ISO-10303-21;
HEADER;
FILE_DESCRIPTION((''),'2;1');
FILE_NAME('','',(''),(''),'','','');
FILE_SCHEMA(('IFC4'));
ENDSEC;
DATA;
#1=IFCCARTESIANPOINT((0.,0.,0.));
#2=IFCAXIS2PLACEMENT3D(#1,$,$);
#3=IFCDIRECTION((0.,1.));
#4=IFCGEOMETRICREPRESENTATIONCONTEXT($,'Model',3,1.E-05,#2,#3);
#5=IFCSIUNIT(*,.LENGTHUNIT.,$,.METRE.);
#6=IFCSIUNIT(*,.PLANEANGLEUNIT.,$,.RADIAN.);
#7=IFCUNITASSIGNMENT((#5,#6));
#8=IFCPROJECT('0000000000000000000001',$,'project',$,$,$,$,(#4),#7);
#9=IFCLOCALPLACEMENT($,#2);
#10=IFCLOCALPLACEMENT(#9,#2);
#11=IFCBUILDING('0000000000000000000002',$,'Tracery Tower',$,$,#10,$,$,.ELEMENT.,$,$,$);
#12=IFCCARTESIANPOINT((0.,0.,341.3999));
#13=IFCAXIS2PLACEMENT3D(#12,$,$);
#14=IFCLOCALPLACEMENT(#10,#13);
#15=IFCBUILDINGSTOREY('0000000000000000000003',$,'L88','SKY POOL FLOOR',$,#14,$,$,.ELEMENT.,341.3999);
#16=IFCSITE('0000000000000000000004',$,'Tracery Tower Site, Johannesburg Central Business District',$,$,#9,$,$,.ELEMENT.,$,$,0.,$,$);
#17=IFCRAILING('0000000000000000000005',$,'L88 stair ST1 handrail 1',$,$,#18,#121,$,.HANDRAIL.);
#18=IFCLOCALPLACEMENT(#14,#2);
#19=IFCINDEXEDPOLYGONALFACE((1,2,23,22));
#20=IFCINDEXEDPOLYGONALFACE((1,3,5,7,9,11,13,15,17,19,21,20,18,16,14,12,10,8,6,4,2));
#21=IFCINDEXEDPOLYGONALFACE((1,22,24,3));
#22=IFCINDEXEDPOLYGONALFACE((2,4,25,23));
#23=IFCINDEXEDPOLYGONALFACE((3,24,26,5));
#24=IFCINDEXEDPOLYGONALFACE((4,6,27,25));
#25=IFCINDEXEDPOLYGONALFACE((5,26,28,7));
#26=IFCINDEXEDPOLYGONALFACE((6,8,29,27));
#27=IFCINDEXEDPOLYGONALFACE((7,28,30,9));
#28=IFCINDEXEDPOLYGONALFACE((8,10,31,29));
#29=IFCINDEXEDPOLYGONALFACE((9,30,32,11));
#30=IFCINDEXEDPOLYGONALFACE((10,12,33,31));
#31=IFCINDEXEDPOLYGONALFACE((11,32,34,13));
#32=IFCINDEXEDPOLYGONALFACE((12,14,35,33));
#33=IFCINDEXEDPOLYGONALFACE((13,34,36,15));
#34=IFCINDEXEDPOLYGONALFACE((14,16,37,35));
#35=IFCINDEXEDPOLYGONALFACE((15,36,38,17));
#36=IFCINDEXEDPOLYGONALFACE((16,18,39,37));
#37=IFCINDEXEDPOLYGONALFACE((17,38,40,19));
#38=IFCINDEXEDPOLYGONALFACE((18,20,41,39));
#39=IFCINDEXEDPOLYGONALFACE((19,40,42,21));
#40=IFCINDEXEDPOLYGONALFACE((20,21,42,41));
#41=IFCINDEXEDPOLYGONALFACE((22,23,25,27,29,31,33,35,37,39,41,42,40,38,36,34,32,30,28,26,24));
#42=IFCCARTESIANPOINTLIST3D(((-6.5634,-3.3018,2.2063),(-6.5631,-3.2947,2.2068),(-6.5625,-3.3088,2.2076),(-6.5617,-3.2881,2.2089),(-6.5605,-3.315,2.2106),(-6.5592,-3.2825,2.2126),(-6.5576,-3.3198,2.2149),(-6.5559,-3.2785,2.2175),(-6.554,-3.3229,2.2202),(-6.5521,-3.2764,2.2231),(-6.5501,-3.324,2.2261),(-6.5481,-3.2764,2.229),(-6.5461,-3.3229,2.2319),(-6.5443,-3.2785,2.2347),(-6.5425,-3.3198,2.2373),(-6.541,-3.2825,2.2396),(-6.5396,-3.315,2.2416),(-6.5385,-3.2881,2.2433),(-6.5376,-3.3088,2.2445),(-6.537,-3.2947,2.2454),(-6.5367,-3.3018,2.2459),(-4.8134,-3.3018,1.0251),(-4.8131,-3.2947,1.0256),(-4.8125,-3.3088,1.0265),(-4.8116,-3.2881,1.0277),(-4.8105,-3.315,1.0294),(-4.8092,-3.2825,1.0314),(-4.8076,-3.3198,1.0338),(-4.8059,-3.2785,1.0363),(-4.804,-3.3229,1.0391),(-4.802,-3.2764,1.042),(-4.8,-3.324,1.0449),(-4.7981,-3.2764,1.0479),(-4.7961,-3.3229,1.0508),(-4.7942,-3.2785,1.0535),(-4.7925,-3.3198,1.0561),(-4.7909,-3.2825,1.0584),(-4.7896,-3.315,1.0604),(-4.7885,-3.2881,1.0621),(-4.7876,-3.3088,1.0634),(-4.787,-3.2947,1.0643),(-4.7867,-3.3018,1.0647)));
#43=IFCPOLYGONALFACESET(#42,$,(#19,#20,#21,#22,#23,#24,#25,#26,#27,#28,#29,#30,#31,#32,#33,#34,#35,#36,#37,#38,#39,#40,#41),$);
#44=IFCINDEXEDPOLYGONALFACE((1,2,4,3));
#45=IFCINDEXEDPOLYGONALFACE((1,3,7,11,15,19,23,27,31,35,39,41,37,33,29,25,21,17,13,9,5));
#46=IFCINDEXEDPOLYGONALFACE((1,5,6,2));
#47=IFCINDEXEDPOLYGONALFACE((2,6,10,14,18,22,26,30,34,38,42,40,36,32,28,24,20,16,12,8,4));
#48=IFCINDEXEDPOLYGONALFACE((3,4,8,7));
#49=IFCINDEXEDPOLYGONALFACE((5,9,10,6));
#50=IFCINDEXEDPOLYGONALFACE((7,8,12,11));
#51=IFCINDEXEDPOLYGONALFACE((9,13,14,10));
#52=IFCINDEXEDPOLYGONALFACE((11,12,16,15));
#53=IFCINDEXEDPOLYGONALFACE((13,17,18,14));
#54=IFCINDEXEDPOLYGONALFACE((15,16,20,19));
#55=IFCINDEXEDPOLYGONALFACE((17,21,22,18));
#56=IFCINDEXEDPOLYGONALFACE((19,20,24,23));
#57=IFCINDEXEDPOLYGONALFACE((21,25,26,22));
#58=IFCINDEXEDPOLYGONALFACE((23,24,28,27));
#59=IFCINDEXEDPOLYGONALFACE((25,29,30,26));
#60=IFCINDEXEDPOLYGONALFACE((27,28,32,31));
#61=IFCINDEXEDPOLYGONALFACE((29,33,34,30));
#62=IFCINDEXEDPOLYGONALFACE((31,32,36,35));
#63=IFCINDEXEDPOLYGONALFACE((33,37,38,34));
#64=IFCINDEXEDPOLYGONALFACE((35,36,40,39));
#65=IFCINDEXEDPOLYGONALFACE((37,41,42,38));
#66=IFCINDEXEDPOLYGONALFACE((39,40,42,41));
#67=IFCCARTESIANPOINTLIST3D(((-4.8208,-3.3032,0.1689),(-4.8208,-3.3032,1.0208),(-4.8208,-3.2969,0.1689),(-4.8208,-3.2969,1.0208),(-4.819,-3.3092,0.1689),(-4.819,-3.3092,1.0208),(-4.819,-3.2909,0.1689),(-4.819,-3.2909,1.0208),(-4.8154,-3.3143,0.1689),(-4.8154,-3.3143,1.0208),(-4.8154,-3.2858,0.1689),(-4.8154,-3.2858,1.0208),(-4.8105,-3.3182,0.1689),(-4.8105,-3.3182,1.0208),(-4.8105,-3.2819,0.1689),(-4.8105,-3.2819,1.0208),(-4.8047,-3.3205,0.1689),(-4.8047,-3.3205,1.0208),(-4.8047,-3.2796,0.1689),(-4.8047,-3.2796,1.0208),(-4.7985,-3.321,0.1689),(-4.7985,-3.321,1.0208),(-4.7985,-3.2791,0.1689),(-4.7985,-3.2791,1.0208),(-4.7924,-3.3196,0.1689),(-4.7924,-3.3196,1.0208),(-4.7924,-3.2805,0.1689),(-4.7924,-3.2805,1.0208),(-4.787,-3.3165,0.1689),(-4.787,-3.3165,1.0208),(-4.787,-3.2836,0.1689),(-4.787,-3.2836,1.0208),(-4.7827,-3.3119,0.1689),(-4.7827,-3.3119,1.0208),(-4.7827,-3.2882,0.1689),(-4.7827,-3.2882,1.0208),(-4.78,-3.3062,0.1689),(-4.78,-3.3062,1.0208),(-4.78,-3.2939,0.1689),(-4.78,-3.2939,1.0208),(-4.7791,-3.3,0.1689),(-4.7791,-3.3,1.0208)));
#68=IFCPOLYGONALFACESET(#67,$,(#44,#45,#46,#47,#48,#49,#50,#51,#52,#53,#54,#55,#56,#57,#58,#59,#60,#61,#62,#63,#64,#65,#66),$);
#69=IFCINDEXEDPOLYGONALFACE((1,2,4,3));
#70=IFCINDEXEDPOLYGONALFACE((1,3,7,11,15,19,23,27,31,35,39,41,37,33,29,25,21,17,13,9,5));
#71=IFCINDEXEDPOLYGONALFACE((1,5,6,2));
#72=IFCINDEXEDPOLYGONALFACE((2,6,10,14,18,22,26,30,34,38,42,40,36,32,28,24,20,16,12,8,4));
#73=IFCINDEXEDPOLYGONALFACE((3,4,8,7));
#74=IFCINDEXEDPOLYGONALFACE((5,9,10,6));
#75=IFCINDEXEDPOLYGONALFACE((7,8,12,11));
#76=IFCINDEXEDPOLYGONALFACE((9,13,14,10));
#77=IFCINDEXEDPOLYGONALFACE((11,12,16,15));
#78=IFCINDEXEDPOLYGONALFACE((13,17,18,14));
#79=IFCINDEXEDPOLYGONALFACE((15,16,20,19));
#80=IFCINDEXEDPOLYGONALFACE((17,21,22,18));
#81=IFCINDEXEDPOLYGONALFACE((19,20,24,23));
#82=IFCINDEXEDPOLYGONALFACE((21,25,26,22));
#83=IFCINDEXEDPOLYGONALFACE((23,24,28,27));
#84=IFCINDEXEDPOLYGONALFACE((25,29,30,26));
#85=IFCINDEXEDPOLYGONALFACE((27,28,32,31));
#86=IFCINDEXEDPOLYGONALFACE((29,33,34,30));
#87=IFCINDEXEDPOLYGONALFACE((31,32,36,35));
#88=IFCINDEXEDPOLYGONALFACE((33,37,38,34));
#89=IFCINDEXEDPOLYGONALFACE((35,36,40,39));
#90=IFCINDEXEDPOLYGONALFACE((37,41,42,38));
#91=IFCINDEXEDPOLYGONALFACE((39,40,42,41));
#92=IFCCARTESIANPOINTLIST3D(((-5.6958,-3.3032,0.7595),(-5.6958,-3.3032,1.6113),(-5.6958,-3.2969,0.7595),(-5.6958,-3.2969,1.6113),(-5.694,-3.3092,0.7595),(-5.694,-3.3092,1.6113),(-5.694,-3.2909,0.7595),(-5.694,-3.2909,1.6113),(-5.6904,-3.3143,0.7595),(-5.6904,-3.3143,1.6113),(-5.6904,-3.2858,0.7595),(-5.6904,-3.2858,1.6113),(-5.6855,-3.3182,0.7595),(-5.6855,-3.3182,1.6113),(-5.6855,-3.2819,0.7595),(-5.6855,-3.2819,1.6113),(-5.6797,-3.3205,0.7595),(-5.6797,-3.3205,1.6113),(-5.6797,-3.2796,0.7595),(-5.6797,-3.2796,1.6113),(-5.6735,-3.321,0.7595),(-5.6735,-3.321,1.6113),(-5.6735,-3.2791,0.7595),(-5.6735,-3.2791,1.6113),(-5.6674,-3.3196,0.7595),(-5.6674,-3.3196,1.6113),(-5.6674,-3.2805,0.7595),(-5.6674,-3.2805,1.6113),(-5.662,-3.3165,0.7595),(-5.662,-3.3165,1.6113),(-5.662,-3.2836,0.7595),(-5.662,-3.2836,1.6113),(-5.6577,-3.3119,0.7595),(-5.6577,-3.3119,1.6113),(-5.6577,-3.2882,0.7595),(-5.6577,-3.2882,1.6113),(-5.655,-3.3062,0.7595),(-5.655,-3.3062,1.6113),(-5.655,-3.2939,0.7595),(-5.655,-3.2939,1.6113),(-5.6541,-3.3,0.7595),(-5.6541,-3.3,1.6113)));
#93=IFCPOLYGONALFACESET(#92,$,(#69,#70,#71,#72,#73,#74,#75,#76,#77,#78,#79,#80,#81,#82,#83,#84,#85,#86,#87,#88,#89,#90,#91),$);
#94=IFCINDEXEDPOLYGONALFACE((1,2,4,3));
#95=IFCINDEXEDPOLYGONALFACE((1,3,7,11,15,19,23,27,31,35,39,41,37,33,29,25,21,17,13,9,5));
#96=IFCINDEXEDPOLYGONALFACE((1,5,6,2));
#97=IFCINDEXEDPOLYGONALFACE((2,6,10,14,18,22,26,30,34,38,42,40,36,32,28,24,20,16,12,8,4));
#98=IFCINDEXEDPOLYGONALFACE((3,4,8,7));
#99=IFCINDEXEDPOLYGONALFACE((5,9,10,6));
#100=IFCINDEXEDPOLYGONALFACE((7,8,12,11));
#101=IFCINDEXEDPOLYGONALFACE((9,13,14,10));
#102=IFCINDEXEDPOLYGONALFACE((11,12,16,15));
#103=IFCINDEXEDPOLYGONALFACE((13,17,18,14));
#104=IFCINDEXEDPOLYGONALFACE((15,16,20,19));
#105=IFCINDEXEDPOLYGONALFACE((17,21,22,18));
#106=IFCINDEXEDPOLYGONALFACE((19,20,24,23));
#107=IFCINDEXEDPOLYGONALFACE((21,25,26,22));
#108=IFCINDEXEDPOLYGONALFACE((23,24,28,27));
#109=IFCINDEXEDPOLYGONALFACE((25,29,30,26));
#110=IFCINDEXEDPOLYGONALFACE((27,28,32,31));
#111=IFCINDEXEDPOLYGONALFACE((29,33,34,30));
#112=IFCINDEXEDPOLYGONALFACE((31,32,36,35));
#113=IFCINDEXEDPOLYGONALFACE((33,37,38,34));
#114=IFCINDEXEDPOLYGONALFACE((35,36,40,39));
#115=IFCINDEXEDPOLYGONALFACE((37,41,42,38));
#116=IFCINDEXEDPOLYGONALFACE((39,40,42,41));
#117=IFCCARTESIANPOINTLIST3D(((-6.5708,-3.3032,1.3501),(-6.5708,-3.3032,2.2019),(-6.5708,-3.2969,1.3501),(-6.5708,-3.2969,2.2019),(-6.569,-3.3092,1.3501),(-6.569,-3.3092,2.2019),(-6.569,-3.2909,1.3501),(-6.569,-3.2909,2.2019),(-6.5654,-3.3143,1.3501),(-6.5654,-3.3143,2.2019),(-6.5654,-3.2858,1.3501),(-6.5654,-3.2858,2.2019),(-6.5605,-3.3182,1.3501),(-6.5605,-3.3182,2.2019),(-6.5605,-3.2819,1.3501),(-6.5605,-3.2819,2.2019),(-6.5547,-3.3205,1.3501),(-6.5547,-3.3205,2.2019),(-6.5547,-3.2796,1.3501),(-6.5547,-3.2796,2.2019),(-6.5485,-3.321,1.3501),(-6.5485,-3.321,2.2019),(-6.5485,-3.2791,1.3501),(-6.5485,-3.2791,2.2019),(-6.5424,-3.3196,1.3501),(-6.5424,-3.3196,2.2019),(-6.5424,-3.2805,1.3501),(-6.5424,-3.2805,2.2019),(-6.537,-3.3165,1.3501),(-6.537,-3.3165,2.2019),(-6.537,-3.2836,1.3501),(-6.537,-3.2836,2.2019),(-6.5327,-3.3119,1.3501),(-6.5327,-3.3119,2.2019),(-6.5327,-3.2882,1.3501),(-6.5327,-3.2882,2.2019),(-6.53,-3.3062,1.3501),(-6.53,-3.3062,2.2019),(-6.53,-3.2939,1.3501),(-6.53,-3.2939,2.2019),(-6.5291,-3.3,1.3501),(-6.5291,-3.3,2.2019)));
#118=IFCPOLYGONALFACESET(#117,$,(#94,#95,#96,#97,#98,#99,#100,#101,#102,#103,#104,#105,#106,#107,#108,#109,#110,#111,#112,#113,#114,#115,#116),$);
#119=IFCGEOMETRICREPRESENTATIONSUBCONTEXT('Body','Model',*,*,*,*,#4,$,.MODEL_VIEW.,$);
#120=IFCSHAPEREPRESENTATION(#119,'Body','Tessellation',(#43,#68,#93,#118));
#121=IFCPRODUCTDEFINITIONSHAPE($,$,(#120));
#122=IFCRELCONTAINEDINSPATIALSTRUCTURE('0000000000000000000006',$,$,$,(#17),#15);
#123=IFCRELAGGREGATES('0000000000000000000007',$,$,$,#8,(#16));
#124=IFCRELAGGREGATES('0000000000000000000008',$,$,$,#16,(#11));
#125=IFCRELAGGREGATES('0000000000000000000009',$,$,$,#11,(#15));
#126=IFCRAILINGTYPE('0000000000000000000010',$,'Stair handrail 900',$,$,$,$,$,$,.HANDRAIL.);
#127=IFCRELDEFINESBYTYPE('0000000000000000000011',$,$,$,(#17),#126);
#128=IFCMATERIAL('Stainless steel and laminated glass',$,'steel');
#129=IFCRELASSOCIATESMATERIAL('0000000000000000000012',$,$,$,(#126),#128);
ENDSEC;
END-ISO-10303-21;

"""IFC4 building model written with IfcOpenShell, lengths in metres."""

from ifc_helpers import new_model, si_unit, direction, frame, origin, origin_2d, place, context, subcontext, project, spatial, circle, extrude, material, type_object, element, save


model = new_model("IFC4")

# Units and contexts
model_context = context("Model", 3, precision=1e-05, world=origin(), true_north=direction((0.0, 1.0)))
body_context = subcontext(model_context, "Body", "Model", "MODEL_VIEW")
ifc_project = project(units=[si_unit("LENGTHUNIT", "METRE"), si_unit("PLANEANGLEUNIT", "RADIAN")], contexts=[model_context])

# Site, building, storey
site_placement = place(None, origin())
site = spatial("IfcSite", under=ifc_project, at=site_placement, Name="Tracery Tower Site, Johannesburg Central Business District", CompositionType="ELEMENT", RefElevation=0.0)
building_placement = place(site_placement, origin())
building = spatial("IfcBuilding", under=site, at=building_placement, Name="Tracery Tower", CompositionType="ELEMENT")
storey_placement = place(building_placement, frame((0.0, 0.0, 341.3999)))
storey = spatial("IfcBuildingStorey", under=building, at=storey_placement, Name="L88", Description="SKY POOL FLOOR", CompositionType="ELEMENT", Elevation=341.3999)

# Railing
ifc_material_1 = material(Name="Stainless steel and laminated glass", Category="steel")
railing_type_1 = type_object("IfcRailingType", Name="Stair handrail 900", PredefinedType="HANDRAIL", material=ifc_material_1)
railing_1_placement = place(storey_placement, frame((-4.8, -3.3, 0.1689)))
element("IfcRailing", 1, at=railing_1_placement, inside=storey, type_object=railing_type_1, Name="L88 stair ST1 handrail 1", PredefinedType="HANDRAIL", context=body_context, shape_type="SweptSolid", body=[
    extrude(circle(Radius=0.0239, at=origin_2d()), frame((0.0, 0.0, 0.876), z_axis=(-0.82887, 0.0, 0.559441), x_axis=(0.0, -1.0, 0.0)), (0.0, 0.0, 1.0), 2.1113),
    extrude(circle(Radius=0.021, at=origin_2d()), origin(), (0.0, 0.0, 1.0), 0.8518),
    extrude(circle(Radius=0.021, at=origin_2d()), frame((-0.875, 0.0, 0.5906)), (0.0, 0.0, 1.0), 0.8518),
    extrude(circle(Radius=0.021, at=origin_2d()), frame((-1.75, 0.0, 1.1812)), (0.0, 0.0, 1.0), 0.8518),
])

save(model, "model.ifc")
